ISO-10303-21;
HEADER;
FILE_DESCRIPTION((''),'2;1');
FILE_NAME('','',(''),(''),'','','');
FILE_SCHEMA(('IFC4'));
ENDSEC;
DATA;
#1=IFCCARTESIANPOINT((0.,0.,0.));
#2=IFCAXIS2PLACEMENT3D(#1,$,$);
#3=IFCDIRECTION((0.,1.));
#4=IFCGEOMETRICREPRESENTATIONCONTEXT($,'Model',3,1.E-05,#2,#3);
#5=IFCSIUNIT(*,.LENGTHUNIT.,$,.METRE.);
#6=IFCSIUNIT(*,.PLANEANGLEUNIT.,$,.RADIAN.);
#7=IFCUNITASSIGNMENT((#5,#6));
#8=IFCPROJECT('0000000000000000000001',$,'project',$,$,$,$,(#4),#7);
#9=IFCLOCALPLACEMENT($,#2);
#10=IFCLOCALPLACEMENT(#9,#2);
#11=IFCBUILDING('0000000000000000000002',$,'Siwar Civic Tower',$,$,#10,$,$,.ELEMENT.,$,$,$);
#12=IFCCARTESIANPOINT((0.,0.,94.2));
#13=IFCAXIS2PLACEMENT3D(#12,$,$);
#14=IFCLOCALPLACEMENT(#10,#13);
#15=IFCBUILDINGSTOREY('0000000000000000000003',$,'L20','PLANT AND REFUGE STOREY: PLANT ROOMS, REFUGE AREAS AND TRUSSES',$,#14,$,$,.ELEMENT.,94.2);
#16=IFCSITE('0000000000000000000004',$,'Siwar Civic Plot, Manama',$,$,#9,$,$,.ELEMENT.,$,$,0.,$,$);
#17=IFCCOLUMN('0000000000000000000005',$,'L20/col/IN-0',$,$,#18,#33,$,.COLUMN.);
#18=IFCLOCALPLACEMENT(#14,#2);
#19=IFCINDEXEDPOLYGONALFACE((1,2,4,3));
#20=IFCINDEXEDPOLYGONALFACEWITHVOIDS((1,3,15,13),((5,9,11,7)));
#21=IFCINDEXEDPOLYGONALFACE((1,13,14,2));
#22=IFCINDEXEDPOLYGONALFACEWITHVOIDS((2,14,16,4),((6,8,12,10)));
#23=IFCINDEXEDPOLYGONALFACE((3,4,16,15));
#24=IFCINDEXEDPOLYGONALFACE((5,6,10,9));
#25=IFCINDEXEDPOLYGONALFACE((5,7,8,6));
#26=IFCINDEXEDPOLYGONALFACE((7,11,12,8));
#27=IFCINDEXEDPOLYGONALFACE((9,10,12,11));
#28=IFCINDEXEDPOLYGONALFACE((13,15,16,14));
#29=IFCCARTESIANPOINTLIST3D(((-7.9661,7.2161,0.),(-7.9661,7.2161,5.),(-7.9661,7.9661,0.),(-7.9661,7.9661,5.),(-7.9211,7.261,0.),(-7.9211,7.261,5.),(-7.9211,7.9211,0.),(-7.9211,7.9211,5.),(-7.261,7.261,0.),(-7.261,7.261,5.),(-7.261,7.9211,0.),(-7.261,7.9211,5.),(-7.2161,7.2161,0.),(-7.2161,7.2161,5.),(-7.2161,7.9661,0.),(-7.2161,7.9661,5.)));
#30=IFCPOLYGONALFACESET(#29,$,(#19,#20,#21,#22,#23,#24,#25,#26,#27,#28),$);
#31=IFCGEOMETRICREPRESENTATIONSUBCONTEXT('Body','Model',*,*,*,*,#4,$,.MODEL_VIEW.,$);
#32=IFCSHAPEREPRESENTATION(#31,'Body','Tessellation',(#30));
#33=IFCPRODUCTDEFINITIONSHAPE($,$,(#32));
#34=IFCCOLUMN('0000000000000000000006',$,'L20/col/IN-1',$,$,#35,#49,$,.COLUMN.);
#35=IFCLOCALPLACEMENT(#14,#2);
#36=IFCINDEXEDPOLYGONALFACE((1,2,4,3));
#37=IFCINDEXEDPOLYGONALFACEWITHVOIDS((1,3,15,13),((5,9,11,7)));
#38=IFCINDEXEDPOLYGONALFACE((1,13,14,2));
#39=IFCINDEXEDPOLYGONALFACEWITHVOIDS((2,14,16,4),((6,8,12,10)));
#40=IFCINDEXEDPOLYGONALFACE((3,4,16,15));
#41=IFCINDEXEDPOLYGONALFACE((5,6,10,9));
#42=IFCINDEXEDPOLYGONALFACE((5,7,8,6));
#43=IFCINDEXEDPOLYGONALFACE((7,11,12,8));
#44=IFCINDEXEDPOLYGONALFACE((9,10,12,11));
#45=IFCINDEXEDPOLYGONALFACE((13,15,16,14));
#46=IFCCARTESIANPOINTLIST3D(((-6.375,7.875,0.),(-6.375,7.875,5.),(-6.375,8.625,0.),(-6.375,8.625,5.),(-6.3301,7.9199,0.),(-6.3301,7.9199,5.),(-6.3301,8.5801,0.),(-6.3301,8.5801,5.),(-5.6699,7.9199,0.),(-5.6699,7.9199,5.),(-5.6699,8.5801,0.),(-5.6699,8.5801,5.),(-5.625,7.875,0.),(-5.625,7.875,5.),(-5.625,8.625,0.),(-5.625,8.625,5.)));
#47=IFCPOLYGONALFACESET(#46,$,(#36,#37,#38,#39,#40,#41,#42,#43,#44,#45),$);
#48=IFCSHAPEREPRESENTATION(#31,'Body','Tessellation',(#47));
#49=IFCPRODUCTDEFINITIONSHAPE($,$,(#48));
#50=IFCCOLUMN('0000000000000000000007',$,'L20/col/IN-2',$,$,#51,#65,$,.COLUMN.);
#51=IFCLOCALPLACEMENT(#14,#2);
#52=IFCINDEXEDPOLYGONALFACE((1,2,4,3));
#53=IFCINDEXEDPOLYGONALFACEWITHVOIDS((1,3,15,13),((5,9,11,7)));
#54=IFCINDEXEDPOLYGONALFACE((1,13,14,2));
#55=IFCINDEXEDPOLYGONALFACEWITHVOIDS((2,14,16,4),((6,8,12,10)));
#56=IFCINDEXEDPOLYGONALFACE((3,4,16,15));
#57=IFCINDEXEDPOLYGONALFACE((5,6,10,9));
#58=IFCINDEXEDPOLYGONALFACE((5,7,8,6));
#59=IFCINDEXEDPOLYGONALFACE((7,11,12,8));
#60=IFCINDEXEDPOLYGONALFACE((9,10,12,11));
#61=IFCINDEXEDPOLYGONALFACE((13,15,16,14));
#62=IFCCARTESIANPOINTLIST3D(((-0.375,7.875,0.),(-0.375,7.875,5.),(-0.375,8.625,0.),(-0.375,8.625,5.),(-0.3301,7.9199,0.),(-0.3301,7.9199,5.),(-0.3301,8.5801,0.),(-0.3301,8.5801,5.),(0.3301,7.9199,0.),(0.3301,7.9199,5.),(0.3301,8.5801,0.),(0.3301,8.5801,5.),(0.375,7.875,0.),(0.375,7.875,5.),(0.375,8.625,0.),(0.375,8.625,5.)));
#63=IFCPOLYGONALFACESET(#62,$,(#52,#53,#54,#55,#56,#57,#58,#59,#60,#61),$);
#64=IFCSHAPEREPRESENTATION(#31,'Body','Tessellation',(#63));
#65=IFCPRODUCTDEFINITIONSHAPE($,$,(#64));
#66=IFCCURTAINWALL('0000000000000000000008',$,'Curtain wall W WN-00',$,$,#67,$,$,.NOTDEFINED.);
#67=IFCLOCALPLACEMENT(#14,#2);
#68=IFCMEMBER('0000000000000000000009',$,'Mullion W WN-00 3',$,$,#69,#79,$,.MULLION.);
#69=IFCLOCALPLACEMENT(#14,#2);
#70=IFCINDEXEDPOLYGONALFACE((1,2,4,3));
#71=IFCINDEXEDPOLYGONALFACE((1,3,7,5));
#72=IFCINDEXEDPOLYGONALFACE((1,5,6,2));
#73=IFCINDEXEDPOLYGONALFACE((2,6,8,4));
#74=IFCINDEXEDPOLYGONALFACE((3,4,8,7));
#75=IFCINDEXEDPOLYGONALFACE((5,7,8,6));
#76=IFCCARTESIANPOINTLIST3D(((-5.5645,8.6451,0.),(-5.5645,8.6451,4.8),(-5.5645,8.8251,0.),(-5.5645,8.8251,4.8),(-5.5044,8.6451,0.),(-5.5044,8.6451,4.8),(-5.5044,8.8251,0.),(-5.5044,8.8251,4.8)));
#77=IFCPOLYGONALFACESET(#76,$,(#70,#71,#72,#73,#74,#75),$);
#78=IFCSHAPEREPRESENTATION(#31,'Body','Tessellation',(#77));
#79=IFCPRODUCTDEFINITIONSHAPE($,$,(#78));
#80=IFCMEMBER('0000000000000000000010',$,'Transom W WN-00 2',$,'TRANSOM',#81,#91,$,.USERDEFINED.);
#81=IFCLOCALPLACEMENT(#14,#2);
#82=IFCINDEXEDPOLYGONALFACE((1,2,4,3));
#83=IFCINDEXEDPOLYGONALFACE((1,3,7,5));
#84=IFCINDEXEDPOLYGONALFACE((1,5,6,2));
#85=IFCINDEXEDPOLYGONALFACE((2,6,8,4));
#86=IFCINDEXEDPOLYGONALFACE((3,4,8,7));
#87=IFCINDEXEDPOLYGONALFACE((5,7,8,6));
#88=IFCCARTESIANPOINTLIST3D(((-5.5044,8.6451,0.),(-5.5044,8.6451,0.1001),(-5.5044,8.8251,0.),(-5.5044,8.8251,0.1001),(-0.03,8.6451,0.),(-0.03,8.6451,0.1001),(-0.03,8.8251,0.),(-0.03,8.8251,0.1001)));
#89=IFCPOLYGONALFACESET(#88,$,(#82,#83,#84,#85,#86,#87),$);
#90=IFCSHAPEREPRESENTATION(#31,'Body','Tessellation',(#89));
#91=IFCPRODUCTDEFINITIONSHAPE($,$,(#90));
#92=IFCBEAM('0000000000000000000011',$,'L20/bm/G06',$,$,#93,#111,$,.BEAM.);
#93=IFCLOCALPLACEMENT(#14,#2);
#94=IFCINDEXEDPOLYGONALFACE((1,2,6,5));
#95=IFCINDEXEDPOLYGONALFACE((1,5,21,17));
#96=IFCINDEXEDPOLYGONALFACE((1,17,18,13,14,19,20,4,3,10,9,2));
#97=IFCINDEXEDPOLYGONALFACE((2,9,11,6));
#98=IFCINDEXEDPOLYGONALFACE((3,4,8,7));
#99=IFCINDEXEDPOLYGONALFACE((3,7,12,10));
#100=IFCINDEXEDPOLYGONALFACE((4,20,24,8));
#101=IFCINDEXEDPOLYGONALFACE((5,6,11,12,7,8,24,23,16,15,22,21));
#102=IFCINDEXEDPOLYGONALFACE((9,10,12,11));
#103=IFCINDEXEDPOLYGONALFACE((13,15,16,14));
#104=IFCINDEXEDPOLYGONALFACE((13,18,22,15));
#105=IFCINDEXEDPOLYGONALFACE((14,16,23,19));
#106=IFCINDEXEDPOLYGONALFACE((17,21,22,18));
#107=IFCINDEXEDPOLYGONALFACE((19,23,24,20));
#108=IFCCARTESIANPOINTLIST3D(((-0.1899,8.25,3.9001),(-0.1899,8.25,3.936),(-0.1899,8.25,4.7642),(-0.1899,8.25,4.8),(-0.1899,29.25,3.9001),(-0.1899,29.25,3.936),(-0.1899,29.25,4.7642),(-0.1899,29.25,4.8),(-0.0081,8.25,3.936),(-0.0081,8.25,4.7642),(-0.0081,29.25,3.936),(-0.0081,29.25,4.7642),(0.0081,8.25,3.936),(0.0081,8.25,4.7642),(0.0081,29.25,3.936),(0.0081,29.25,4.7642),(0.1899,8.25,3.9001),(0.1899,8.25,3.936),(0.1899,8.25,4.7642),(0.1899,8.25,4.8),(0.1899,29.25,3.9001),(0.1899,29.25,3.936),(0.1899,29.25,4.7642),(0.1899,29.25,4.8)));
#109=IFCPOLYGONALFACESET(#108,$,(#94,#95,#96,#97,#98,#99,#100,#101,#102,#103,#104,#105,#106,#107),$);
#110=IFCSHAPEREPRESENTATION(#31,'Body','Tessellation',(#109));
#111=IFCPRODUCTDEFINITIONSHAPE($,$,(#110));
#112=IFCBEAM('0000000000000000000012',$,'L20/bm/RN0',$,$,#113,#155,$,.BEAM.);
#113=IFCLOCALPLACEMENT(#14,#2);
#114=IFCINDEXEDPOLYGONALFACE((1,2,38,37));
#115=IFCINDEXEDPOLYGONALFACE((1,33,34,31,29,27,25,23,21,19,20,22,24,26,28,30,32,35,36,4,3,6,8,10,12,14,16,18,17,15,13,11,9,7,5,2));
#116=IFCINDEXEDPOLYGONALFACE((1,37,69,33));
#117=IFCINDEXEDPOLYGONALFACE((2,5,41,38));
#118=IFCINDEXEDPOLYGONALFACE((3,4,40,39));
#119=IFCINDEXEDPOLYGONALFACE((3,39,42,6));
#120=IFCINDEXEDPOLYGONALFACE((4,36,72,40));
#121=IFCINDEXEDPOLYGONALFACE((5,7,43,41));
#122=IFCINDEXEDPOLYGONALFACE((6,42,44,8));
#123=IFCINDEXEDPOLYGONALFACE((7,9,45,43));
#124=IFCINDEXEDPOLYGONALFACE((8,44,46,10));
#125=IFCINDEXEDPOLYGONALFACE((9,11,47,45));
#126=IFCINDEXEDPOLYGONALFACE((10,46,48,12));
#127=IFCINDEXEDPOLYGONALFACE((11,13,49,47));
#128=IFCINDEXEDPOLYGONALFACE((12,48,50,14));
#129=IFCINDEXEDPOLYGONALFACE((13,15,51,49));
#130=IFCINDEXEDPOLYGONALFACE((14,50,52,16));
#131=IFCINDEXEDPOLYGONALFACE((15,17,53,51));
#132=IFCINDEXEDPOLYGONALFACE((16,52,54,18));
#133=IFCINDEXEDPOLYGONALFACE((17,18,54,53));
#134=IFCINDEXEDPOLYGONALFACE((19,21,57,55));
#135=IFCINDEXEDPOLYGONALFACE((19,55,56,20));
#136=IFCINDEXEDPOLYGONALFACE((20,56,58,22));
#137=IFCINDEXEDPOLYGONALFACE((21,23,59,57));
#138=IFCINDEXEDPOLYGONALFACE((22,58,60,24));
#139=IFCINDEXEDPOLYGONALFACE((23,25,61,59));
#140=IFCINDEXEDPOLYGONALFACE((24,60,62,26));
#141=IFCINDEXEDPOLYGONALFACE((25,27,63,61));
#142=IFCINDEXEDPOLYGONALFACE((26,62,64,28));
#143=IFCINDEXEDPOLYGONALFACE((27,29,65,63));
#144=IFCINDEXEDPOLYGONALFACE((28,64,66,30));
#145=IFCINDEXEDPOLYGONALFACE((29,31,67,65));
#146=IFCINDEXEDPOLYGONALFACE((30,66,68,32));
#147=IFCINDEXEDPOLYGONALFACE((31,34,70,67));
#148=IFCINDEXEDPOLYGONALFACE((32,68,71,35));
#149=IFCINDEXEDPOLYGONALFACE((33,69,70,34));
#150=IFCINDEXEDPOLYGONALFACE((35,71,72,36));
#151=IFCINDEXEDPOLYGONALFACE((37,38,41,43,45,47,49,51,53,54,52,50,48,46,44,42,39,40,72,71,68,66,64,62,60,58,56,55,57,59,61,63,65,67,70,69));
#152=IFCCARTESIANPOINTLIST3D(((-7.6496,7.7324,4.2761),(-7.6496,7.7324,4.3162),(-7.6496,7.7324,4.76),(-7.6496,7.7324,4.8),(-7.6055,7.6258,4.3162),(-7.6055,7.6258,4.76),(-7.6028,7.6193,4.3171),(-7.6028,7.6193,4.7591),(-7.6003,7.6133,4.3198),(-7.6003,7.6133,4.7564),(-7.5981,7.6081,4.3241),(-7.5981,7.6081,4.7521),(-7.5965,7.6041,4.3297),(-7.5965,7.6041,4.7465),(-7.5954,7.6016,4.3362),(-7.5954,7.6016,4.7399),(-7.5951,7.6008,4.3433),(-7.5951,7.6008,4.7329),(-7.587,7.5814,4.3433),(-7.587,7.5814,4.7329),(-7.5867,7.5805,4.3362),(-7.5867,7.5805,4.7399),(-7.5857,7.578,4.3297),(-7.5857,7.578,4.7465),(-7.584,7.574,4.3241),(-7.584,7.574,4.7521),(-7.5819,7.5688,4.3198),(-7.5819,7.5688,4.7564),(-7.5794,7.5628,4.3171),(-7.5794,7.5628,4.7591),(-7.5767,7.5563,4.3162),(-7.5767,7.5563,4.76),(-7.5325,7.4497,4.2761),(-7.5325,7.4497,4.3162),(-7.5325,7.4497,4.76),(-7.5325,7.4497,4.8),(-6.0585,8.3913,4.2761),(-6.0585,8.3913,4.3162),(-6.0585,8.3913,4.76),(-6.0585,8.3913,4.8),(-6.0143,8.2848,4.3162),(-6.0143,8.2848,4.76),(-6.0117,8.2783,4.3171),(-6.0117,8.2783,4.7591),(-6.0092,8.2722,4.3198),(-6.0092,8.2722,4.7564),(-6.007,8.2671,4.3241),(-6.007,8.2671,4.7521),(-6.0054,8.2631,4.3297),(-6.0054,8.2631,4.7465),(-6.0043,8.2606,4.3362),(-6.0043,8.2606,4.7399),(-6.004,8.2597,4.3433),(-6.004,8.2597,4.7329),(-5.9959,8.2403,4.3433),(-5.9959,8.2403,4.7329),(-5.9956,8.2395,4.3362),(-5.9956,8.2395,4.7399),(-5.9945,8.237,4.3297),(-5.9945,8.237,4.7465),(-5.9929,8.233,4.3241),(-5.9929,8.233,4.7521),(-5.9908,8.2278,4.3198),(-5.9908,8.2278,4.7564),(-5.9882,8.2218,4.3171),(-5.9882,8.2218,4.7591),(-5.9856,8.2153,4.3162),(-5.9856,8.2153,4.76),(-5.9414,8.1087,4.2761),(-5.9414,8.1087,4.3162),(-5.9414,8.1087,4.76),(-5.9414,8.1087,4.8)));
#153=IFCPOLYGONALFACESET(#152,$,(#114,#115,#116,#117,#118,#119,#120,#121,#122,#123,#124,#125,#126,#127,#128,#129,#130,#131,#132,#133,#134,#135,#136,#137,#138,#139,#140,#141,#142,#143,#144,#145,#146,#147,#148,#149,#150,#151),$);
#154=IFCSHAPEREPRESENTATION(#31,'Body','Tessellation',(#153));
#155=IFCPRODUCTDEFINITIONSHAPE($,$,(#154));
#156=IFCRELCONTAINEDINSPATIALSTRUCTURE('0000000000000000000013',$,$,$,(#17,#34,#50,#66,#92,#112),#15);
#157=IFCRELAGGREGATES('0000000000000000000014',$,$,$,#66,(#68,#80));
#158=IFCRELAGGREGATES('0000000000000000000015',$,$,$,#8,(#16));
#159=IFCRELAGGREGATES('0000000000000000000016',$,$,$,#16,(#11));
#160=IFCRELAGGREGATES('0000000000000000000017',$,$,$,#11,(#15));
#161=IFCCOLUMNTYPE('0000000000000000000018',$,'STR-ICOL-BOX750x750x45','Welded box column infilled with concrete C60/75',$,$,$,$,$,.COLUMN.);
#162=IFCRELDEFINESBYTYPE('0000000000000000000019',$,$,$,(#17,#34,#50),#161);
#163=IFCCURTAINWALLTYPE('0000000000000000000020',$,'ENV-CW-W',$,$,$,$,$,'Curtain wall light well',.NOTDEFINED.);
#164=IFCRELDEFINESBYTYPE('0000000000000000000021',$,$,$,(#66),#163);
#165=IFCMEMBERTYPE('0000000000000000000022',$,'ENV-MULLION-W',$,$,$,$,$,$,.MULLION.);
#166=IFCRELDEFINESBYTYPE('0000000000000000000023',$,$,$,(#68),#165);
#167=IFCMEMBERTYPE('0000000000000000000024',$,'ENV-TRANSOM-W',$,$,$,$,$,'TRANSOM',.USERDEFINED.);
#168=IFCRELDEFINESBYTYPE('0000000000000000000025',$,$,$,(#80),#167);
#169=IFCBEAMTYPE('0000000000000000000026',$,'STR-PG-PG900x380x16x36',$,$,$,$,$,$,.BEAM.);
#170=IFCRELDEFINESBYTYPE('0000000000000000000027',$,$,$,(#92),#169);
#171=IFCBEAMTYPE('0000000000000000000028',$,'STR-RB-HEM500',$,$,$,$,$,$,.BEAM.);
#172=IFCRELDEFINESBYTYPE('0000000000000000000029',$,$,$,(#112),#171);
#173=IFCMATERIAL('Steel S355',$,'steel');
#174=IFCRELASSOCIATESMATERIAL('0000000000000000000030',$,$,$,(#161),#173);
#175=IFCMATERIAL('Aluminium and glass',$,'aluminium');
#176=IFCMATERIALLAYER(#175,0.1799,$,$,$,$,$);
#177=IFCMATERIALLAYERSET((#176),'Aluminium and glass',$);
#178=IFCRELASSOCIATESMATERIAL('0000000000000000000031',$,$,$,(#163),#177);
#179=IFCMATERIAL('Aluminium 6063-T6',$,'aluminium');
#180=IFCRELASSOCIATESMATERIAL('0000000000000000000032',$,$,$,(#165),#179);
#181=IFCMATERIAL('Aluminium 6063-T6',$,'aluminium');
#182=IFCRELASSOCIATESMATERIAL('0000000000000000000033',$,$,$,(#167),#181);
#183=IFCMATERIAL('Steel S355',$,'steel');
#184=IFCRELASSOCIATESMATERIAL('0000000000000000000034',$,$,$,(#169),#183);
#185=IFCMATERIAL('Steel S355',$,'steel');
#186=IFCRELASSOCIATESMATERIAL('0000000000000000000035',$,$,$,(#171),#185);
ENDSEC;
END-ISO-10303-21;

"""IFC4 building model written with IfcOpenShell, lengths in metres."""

from ifc_helpers import new_model, si_unit, direction, frame, origin, origin_2d, place, context, subcontext, project, spatial, rectangle, hollow_rectangle, i_section, extrude, material, layer, layer_set, material_profile, profile_set, type_object, element, aggregate, save


model = new_model("IFC4")

# Units and contexts
model_context = context("Model", 3, precision=1e-05, world=origin(), true_north=direction((0.0, 1.0)))
body_context = subcontext(model_context, "Body", "Model", "MODEL_VIEW")
ifc_project = project(units=[si_unit("LENGTHUNIT", "METRE"), si_unit("PLANEANGLEUNIT", "RADIAN")], contexts=[model_context])

# Site, building, storey
site_placement = place(None, origin())
site = spatial("IfcSite", under=ifc_project, at=site_placement, Name="Siwar Civic Plot, Manama", CompositionType="ELEMENT", RefElevation=0.0)
building_placement = place(site_placement, origin())
building = spatial("IfcBuilding", under=site, at=building_placement, Name="Siwar Civic Tower", CompositionType="ELEMENT")
storey_placement = place(building_placement, frame((0.0, 0.0, 94.2)))
storey = spatial("IfcBuildingStorey", under=building, at=storey_placement, Name="L20", Description="PLANT AND REFUGE STOREY: PLANT ROOMS, REFUGE AREAS AND TRUSSES", CompositionType="ELEMENT", Elevation=94.2)

# Columns
ifc_material_1 = material(Name="Steel S355", Category="steel")
ifc_material_profile_1 = material_profile(ifc_material_1, hollow_rectangle(XDim=0.75, YDim=0.75, WallThickness=0.0449, at=origin_2d()), Name="BOX750x750x45")
ifc_profile_set_1 = profile_set([ifc_material_profile_1], Name="Steel S355")
column_type = type_object("IfcColumnType", Name="STR-ICOL-BOX750x750x45", Description="Welded box column infilled with concrete C60/75", PredefinedType="COLUMN", material=ifc_profile_set_1)
for number, where, z_axis, x_axis, name in (
    (1, (-7.5911, 7.5911, 0.0), (0.0, 0.0, 1.0), (1.0, 0.0, 0.0), "L20/col/IN-0"),
    (2, (-6.0, 8.25, 0.0), (0.0, 0.0, 1.0), (1.0, 0.0, 0.0), "L20/col/IN-1"),
    (3, (0.0, 8.25, 0.0), (0.0, 0.0, 1.0), (1.0, 0.0, 0.0), "L20/col/IN-2"),
):
    element("IfcColumn", number, at=place(storey_placement, frame(where, z_axis=z_axis, x_axis=x_axis)), inside=storey, type_object=column_type, Name=name, PredefinedType="COLUMN", context=body_context, shape_type="SweptSolid", body=[
        extrude(hollow_rectangle(XDim=0.75, YDim=0.75, WallThickness=0.0449, at=origin_2d()), origin(), (0.0, 0.0, 1.0), 5.0),
    ])

# Curtain wall, members
ifc_material_2 = material(Name="Aluminium and glass", Category="aluminium")
ifc_layer_1 = layer(ifc_material_2, 0.1799)
ifc_layer_set_1 = layer_set([ifc_layer_1], Name="Aluminium and glass")
curtain_wall_type = type_object("IfcCurtainWallType", Name="ENV-CW-W", ElementType="Curtain wall light well", PredefinedType="NOTDEFINED", material=ifc_layer_set_1)
curtain_wall_placement = place(storey_placement, origin())
curtain_wall = element("IfcCurtainWall", 4, at=curtain_wall_placement, inside=storey, type_object=curtain_wall_type, Name="Curtain wall W WN-00", PredefinedType="NOTDEFINED")
ifc_material_3 = material(Name="Aluminium 6063-T6", Category="aluminium")
ifc_material_profile_2 = material_profile(ifc_material_3, rectangle(XDim=0.1799, YDim=0.0601, at=origin_2d()), Name="AL 180x60")
ifc_profile_set_2 = profile_set([ifc_material_profile_2], Name="Aluminium 6063-T6")
member_type_1 = type_object("IfcMemberType", Name="ENV-MULLION-W", PredefinedType="MULLION", material=ifc_profile_set_2)
member_1_placement = place(storey_placement, frame((-5.5344, 8.7351, 0.0), z_axis=(0.0, 0.0, 1.0), x_axis=(0.0, -1.0, 0.0)))
member_1 = element("IfcMember", 5, at=member_1_placement, type_object=member_type_1, Name="Mullion W WN-00 3", PredefinedType="MULLION", context=body_context, shape_type="SweptSolid", body=[
    extrude(rectangle(XDim=0.1799, YDim=0.0601, at=origin_2d()), origin(), (0.0, 0.0, 1.0), 4.8),
])
ifc_material_4 = material(Name="Aluminium 6063-T6", Category="aluminium")
ifc_material_profile_3 = material_profile(ifc_material_4, rectangle(XDim=0.1799, YDim=0.1001, at=origin_2d()), Name="AL 180x100")
ifc_profile_set_3 = profile_set([ifc_material_profile_3], Name="Aluminium 6063-T6")
member_type_2 = type_object("IfcMemberType", Name="ENV-TRANSOM-W", ElementType="TRANSOM", PredefinedType="USERDEFINED", material=ifc_profile_set_3)
member_2_placement = place(storey_placement, frame((-0.03, 8.7351, 0.05), z_axis=(-1.0, 0.0, 0.0), x_axis=(0.0, -1.0, 0.0)))
member_2 = element("IfcMember", 6, at=member_2_placement, type_object=member_type_2, Name="Transom W WN-00 2", ObjectType="TRANSOM", PredefinedType="USERDEFINED", context=body_context, shape_type="SweptSolid", body=[
    extrude(rectangle(XDim=0.1799, YDim=0.1001, at=origin_2d()), origin(), (0.0, 0.0, 1.0), 5.4744),
])

# Beams
ifc_material_5 = material(Name="Steel S355", Category="steel")
ifc_material_profile_4 = material_profile(ifc_material_5, i_section(OverallWidth=0.3799, OverallDepth=0.8999, WebThickness=0.0161, FlangeThickness=0.0359, at=origin_2d()), Name="PG900x380x16x36")
ifc_profile_set_4 = profile_set([ifc_material_profile_4], Name="Steel S355")
beam_type_1 = type_object("IfcBeamType", Name="STR-PG-PG900x380x16x36", PredefinedType="BEAM", material=ifc_profile_set_4)
beam_1_placement = place(storey_placement, frame((0.0, 8.25, 4.3501), z_axis=(0.0, 1.0, 0.0), x_axis=(-1.0, 0.0, 0.0)))
element("IfcBeam", 7, at=beam_1_placement, inside=storey, type_object=beam_type_1, Name="L20/bm/G06", PredefinedType="BEAM", context=body_context, shape_type="SweptSolid", body=[
    extrude(i_section(OverallWidth=0.3799, OverallDepth=0.8999, WebThickness=0.0161, FlangeThickness=0.0359, at=origin_2d()), origin(), (0.0, 0.0, 1.0), 21.0),
])
ifc_material_6 = material(Name="Steel S355", Category="steel")
ifc_material_profile_5 = material_profile(ifc_material_6, i_section(OverallWidth=0.3059, OverallDepth=0.5239, WebThickness=0.021, FlangeThickness=0.04, FilletRadius=0.0271, at=origin_2d()), Name="HEM500")
ifc_profile_set_5 = profile_set([ifc_material_profile_5], Name="Steel S355")
beam_type_2 = type_object("IfcBeamType", Name="STR-RB-HEM500", PredefinedType="BEAM", material=ifc_profile_set_5)
beam_2_placement = place(storey_placement, frame((-7.5911, 7.5911, 4.5381), z_axis=(0.923901, 0.382631, 0.0), x_axis=(-0.382631, 0.923901, 0.0)))
element("IfcBeam", 8, at=beam_2_placement, inside=storey, type_object=beam_type_2, Name="L20/bm/RN0", PredefinedType="BEAM", context=body_context, shape_type="SweptSolid", body=[
    extrude(i_section(OverallWidth=0.3059, OverallDepth=0.5239, WebThickness=0.021, FlangeThickness=0.04, FilletRadius=0.0271, at=origin_2d()), origin(), (0.0, 0.0, 1.0), 1.7222),
])

aggregate(curtain_wall, [member_1, member_2])

save(model, "model.ifc")
